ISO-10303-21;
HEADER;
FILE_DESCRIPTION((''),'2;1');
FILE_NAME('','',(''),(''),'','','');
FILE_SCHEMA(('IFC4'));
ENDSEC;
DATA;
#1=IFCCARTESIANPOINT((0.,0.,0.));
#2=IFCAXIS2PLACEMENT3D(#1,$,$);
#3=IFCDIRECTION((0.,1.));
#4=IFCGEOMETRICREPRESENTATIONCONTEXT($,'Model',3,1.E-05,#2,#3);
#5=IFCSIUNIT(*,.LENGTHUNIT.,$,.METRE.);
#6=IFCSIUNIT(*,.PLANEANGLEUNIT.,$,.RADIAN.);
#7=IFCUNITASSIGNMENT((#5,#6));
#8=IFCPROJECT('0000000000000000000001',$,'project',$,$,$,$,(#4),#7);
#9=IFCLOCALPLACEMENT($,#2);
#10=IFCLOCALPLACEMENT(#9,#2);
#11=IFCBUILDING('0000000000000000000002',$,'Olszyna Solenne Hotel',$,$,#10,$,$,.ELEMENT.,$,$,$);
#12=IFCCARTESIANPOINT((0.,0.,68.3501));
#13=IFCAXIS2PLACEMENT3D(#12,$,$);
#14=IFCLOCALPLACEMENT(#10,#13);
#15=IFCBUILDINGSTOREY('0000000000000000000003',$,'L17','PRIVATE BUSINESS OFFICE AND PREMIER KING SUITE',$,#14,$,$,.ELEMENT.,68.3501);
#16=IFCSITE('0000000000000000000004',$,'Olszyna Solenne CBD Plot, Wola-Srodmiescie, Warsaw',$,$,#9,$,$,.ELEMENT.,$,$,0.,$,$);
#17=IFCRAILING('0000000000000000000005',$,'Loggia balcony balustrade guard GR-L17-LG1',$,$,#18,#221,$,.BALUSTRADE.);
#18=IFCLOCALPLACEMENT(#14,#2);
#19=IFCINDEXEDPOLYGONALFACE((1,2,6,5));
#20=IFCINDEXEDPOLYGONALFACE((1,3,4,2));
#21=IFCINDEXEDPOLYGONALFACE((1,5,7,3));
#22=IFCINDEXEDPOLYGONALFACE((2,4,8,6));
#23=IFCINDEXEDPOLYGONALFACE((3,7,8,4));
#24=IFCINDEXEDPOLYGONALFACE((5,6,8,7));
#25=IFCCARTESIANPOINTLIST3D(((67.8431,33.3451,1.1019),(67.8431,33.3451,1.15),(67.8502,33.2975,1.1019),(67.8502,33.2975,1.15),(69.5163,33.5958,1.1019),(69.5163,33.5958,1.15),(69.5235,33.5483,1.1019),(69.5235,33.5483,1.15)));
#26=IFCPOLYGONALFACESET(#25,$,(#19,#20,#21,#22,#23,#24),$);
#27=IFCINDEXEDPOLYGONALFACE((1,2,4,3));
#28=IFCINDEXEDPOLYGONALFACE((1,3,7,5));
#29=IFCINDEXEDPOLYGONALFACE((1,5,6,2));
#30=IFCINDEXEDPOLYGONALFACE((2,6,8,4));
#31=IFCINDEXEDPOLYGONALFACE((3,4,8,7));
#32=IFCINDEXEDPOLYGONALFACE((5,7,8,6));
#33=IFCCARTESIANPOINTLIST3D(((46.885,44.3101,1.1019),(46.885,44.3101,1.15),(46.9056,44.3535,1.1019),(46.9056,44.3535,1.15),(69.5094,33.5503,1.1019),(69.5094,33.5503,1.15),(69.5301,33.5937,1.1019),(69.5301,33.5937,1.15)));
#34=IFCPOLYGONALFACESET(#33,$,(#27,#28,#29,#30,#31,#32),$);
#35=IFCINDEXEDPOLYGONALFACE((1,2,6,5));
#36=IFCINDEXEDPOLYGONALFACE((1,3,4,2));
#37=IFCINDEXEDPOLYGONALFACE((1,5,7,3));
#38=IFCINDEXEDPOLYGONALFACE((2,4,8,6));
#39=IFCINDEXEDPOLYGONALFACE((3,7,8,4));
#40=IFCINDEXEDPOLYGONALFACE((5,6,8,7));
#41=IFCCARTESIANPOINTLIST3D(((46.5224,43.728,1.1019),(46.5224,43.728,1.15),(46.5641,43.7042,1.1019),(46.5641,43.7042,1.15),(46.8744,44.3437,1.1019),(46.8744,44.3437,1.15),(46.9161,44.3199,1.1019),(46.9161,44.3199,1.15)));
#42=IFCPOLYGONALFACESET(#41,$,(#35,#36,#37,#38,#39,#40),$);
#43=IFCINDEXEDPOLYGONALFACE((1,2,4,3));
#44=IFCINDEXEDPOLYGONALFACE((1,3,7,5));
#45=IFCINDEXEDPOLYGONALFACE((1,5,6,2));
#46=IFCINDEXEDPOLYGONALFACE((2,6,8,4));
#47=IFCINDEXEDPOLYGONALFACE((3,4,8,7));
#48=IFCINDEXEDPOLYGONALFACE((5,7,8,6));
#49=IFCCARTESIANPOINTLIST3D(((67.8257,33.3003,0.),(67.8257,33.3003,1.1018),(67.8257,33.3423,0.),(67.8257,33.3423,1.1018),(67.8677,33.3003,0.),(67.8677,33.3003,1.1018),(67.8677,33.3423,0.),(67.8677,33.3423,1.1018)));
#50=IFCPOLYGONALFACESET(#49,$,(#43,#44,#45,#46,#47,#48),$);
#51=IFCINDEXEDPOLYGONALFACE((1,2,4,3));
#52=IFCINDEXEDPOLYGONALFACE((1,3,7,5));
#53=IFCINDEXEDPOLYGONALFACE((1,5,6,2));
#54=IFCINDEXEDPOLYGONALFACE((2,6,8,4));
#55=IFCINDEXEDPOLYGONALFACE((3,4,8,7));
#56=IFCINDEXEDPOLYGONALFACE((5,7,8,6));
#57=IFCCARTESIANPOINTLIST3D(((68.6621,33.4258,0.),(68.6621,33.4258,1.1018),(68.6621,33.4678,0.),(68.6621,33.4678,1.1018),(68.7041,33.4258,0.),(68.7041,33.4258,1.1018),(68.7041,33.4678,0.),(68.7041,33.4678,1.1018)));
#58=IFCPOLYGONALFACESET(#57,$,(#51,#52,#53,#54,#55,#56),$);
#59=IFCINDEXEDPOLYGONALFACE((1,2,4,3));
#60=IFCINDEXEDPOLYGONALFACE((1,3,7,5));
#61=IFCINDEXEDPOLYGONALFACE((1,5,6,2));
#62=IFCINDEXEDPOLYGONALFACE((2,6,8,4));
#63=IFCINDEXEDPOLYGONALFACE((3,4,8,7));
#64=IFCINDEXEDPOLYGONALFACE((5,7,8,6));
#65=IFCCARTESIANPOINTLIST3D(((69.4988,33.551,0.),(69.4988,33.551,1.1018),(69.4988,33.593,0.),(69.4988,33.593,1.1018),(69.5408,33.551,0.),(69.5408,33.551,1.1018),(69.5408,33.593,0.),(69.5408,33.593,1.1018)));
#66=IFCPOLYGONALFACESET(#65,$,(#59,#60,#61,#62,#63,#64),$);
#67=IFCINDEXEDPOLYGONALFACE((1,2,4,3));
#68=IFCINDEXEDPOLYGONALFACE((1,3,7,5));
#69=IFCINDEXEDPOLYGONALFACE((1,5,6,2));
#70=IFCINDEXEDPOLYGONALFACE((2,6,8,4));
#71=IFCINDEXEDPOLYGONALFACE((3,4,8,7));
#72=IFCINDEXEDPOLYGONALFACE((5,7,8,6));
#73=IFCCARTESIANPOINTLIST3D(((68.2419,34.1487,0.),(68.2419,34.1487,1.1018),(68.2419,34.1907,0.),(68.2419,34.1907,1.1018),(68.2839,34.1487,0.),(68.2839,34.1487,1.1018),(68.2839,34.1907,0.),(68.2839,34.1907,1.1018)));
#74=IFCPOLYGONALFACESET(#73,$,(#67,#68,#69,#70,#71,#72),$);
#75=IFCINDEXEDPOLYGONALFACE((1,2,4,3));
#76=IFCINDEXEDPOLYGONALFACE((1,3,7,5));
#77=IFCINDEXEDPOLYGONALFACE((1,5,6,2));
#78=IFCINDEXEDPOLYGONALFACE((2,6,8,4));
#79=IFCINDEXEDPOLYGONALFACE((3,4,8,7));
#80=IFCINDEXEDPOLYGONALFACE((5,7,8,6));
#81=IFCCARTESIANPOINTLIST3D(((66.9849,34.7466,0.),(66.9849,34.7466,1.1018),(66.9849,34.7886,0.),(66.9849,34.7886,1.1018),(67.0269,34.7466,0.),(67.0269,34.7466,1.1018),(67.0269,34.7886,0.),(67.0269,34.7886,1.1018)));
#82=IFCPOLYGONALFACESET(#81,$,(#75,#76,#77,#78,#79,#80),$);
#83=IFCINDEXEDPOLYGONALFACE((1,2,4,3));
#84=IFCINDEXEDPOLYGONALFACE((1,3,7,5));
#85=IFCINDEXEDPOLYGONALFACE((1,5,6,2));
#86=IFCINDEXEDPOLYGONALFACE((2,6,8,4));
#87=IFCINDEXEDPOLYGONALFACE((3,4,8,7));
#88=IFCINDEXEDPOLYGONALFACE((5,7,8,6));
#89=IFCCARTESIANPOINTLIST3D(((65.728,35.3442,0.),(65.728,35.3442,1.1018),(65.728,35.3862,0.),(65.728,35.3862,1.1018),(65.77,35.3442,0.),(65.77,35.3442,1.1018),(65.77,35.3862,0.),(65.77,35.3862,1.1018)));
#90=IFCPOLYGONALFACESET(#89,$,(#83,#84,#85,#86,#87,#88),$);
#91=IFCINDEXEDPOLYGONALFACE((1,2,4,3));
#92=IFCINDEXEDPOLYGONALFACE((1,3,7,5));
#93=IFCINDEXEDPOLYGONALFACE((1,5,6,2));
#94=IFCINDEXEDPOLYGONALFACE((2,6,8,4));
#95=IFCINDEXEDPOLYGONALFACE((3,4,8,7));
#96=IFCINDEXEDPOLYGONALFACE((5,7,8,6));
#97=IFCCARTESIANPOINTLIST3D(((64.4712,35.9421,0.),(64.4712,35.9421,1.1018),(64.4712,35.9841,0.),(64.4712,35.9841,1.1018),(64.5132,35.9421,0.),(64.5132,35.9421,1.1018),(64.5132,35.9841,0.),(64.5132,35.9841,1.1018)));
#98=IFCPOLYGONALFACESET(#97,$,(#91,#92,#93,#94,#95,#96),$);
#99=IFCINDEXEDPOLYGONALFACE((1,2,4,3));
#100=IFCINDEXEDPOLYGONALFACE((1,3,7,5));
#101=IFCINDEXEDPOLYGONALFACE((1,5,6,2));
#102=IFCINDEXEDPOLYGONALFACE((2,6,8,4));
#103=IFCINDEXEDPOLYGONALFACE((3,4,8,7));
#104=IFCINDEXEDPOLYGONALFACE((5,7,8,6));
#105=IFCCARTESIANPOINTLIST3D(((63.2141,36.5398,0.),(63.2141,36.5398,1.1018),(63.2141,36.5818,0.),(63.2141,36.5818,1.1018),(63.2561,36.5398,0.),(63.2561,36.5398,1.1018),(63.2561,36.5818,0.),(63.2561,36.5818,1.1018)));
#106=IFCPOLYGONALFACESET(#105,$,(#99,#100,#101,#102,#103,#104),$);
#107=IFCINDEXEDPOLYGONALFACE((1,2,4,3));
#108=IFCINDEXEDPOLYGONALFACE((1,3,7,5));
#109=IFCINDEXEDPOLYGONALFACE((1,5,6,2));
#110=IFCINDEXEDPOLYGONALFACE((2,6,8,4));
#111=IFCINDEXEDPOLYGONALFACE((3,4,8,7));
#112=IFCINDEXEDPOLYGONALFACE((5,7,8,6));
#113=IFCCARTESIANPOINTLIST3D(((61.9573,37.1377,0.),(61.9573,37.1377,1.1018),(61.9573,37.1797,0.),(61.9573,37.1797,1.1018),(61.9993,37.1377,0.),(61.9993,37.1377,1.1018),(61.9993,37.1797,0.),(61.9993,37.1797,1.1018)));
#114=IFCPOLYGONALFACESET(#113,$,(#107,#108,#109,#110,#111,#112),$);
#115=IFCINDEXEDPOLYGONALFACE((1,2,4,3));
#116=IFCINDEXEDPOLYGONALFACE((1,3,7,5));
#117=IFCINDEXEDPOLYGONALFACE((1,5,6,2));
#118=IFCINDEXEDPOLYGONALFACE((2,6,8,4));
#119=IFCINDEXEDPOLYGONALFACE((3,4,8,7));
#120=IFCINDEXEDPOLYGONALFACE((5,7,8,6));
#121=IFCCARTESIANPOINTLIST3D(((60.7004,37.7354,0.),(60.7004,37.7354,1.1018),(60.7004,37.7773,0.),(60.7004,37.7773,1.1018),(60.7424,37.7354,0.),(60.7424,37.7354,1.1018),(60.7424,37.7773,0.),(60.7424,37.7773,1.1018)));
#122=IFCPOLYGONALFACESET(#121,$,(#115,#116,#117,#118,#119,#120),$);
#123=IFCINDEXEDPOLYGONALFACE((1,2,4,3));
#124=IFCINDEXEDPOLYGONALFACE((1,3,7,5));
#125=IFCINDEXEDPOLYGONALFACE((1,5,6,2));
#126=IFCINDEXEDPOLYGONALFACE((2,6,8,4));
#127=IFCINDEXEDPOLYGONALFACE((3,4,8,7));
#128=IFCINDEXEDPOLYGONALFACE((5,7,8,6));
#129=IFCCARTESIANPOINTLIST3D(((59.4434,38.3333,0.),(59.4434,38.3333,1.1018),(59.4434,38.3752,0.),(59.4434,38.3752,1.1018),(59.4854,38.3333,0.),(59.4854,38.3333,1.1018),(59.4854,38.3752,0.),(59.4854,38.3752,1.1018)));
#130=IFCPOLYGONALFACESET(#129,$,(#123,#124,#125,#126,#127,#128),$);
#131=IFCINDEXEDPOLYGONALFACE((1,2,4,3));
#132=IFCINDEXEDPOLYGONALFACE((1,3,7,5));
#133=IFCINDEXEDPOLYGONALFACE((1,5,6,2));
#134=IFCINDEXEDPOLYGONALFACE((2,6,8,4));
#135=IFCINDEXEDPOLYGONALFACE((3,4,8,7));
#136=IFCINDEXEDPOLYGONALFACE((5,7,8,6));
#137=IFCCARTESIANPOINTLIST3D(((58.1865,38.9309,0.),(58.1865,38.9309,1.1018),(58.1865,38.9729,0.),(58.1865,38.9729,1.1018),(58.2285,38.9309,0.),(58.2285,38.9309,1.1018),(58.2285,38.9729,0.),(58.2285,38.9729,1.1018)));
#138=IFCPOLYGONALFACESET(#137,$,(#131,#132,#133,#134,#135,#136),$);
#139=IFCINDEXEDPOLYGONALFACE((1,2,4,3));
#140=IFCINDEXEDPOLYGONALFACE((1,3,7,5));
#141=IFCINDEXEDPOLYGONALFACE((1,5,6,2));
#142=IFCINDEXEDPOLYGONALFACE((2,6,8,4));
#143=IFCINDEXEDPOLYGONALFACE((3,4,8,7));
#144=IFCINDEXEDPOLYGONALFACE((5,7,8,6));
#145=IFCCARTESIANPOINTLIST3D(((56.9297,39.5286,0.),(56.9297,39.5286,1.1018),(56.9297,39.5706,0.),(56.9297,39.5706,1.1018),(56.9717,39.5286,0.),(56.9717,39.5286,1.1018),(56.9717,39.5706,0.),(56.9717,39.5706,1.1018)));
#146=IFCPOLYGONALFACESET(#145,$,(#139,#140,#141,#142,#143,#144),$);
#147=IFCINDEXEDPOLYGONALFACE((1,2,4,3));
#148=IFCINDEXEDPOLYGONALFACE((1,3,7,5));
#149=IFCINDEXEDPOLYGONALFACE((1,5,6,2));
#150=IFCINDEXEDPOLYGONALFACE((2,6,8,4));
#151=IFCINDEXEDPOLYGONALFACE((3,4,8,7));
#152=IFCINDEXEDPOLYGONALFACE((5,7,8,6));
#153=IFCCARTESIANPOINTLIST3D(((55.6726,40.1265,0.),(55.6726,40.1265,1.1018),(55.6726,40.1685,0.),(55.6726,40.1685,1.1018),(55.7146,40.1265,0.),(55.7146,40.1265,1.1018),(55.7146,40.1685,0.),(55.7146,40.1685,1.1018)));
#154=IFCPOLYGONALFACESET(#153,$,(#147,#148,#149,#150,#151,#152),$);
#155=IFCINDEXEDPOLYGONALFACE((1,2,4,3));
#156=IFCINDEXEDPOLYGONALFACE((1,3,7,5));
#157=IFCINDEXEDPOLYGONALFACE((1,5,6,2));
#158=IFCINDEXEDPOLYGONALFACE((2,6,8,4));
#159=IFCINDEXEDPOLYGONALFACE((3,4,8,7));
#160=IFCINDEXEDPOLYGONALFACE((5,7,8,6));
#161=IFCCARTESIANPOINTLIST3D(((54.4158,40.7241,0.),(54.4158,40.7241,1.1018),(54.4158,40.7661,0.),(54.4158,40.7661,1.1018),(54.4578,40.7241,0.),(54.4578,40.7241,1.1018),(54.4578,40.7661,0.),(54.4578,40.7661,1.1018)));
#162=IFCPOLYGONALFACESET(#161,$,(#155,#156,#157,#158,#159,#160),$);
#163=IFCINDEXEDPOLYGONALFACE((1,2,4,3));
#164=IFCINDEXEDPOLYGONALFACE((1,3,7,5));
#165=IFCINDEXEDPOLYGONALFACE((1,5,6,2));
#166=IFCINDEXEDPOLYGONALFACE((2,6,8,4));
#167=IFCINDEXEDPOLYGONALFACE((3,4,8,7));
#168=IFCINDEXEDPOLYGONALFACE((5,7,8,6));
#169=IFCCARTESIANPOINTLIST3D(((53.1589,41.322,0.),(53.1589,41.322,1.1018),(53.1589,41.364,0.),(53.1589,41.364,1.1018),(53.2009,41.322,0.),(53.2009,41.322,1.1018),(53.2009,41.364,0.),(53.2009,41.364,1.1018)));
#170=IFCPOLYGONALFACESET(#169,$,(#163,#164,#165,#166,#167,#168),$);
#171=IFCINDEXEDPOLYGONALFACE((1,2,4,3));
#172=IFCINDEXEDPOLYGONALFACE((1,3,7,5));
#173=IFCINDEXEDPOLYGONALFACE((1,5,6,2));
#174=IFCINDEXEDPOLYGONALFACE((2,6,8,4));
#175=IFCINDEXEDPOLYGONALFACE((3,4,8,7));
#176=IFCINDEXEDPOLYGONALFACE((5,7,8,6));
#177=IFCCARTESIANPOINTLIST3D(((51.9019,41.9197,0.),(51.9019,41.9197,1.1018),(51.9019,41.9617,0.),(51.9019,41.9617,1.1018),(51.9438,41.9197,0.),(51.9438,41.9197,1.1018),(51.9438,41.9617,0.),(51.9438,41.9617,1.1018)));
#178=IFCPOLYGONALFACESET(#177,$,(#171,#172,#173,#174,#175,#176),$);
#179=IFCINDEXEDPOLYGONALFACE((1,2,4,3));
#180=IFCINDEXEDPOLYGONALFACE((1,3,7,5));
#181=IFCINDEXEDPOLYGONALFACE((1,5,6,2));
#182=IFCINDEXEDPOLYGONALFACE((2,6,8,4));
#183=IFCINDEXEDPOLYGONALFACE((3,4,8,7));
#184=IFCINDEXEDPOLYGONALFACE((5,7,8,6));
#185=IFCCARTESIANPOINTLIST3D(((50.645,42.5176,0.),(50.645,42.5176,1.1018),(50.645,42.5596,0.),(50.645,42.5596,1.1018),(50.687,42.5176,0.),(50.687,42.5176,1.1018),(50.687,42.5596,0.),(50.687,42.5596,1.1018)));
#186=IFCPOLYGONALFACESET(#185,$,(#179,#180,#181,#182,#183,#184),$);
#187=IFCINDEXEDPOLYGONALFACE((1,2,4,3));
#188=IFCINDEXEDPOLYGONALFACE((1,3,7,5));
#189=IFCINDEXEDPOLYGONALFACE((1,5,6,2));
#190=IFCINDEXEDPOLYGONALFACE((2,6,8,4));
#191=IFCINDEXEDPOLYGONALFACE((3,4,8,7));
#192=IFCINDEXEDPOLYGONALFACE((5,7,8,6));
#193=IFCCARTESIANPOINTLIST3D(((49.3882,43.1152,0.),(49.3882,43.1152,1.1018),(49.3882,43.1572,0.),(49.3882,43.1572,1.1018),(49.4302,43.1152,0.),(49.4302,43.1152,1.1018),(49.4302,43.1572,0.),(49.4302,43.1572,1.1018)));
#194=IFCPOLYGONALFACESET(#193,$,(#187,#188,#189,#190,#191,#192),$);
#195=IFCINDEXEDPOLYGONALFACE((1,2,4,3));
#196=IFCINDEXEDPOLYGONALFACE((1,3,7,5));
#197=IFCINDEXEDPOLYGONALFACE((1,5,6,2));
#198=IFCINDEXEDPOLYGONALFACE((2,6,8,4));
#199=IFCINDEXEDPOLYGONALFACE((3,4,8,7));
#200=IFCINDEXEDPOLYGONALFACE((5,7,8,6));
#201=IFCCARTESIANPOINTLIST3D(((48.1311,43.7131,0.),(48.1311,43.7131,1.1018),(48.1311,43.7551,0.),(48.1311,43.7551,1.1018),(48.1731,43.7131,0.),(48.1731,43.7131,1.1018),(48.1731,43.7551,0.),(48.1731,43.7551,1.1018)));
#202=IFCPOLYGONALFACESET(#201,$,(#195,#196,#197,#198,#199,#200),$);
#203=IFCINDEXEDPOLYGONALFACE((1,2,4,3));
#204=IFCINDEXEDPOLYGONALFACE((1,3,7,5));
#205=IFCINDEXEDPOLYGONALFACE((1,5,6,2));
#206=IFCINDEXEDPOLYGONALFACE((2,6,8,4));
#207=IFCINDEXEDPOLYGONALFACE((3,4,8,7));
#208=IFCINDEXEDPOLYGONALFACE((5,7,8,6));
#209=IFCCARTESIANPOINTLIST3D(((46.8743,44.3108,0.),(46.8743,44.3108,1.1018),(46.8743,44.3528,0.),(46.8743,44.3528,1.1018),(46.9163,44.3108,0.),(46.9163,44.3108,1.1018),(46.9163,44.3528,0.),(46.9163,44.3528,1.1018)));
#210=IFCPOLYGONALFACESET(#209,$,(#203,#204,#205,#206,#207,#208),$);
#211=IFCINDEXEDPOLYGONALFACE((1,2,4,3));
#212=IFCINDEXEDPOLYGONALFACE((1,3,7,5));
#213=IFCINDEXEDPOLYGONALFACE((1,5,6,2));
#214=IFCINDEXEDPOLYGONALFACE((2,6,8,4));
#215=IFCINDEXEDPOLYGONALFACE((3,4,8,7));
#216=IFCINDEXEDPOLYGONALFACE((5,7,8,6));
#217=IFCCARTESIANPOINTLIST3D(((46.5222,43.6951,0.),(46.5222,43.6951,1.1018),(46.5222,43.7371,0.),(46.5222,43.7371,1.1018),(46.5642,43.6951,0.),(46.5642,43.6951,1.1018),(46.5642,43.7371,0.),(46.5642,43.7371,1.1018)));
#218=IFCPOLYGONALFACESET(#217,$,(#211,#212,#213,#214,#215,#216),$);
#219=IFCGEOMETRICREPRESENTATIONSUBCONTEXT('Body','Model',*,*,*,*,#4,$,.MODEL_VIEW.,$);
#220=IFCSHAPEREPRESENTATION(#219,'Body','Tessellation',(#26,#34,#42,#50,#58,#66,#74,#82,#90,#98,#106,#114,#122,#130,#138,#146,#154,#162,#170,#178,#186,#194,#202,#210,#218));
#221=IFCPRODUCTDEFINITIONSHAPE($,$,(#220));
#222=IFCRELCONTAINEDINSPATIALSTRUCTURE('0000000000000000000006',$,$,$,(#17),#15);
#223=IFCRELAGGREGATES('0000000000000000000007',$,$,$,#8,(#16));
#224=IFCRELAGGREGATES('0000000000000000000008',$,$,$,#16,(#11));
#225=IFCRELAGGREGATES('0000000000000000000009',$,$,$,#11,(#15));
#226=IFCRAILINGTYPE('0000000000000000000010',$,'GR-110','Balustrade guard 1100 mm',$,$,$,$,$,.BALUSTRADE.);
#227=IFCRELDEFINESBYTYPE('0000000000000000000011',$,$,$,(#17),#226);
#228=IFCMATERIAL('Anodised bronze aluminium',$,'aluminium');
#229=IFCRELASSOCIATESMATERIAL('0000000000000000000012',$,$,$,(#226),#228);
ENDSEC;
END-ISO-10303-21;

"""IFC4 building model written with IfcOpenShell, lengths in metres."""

from ifc_helpers import new_model, si_unit, direction, frame, origin, origin_2d, place, context, subcontext, project, spatial, rectangle, extrude, material, type_object, element, save


model = new_model("IFC4")

# Units and contexts
model_context = context("Model", 3, precision=1e-05, world=origin(), true_north=direction((0.0, 1.0)))
body_context = subcontext(model_context, "Body", "Model", "MODEL_VIEW")
ifc_project = project(units=[si_unit("LENGTHUNIT", "METRE"), si_unit("PLANEANGLEUNIT", "RADIAN")], contexts=[model_context])

# Site, building, storey
site_placement = place(None, origin())
site = spatial("IfcSite", under=ifc_project, at=site_placement, Name="Olszyna Solenne CBD Plot, Wola-Srodmiescie, Warsaw", CompositionType="ELEMENT", RefElevation=0.0)
building_placement = place(site_placement, origin())
building = spatial("IfcBuilding", under=site, at=building_placement, Name="Olszyna Solenne Hotel", CompositionType="ELEMENT")
storey_placement = place(building_placement, frame((0.0, 0.0, 68.3501)))
storey = spatial("IfcBuildingStorey", under=building, at=storey_placement, Name="L17", Description="PRIVATE BUSINESS OFFICE AND PREMIER KING SUITE", CompositionType="ELEMENT", Elevation=68.3501)

# Shared definitions
ifc_material_1 = material(Name="Anodised bronze aluminium", Category="aluminium")

# Railing
railing_type = type_object("IfcRailingType", Name="GR-110", Description="Balustrade guard 1100 mm", PredefinedType="BALUSTRADE", material=ifc_material_1)
railing_placement = place(storey_placement, frame((67.8467, 33.3213, 0.0)))
element("IfcRailing", 1, at=railing_placement, inside=storey, type_object=railing_type, Name="Loggia balcony balustrade guard GR-L17-LG1", PredefinedType="BALUSTRADE", context=body_context, shape_type="SweptSolid", body=[
    extrude(rectangle(XDim=0.0481, YDim=0.0481, at=origin_2d()), frame((0.0, 0.0, 1.126), z_axis=(0.988956, 0.148206, 0.0), x_axis=(-0.148206, 0.988956, 0.0)), (0.0, 0.0, 1.0), 1.6919),
    extrude(rectangle(XDim=0.0481, YDim=0.0481, at=origin_2d()), frame((1.6731, 0.2507, 1.126), z_axis=(-0.903074, 0.429484, 0.0), x_axis=(-0.429484, -0.903074, 0.0)), (0.0, 0.0, 1.0), 25.0527),
    extrude(rectangle(XDim=0.0481, YDim=0.0481, at=origin_2d()), frame((-20.9514, 11.0105, 1.126), z_axis=(-0.496361, -0.868116, 0.0), x_axis=(0.868116, -0.496361, 0.0)), (0.0, 0.0, 1.0), 0.7092),
    extrude(rectangle(XDim=0.042, YDim=0.042, at=origin_2d()), origin(), (0.0, 0.0, 1.0), 1.1018),
    extrude(rectangle(XDim=0.042, YDim=0.042, at=origin_2d()), frame((0.8364, 0.1255, 0.0)), (0.0, 0.0, 1.0), 1.1018),
    extrude(rectangle(XDim=0.042, YDim=0.042, at=origin_2d()), frame((1.6731, 0.2507, 0.0)), (0.0, 0.0, 1.0), 1.1018),
    extrude(rectangle(XDim=0.042, YDim=0.042, at=origin_2d()), frame((0.4163, 0.8484, 0.0)), (0.0, 0.0, 1.0), 1.1018),
    extrude(rectangle(XDim=0.042, YDim=0.042, at=origin_2d()), frame((-0.8408, 1.4463, 0.0)), (0.0, 0.0, 1.0), 1.1018),
    extrude(rectangle(XDim=0.042, YDim=0.042, at=origin_2d()), frame((-2.0977, 2.0439, 0.0)), (0.0, 0.0, 1.0), 1.1018),
    extrude(rectangle(XDim=0.042, YDim=0.042, at=origin_2d()), frame((-3.3545, 2.6418, 0.0)), (0.0, 0.0, 1.0), 1.1018),
    extrude(rectangle(XDim=0.042, YDim=0.042, at=origin_2d()), frame((-4.6116, 3.2395, 0.0)), (0.0, 0.0, 1.0), 1.1018),
    extrude(rectangle(XDim=0.042, YDim=0.042, at=origin_2d()), frame((-5.8684, 3.8374, 0.0)), (0.0, 0.0, 1.0), 1.1018),
    extrude(rectangle(XDim=0.042, YDim=0.042, at=origin_2d()), frame((-7.1252, 4.4351, 0.0)), (0.0, 0.0, 1.0), 1.1018),
    extrude(rectangle(XDim=0.042, YDim=0.042, at=origin_2d()), frame((-8.3823, 5.033, 0.0)), (0.0, 0.0, 1.0), 1.1018),
    extrude(rectangle(XDim=0.042, YDim=0.042, at=origin_2d()), frame((-9.6392, 5.6306, 0.0)), (0.0, 0.0, 1.0), 1.1018),
    extrude(rectangle(XDim=0.042, YDim=0.042, at=origin_2d()), frame((-10.896, 6.2283, 0.0)), (0.0, 0.0, 1.0), 1.1018),
    extrude(rectangle(XDim=0.042, YDim=0.042, at=origin_2d()), frame((-12.1531, 6.8262, 0.0)), (0.0, 0.0, 1.0), 1.1018),
    extrude(rectangle(XDim=0.042, YDim=0.042, at=origin_2d()), frame((-13.4099, 7.4238, 0.0)), (0.0, 0.0, 1.0), 1.1018),
    extrude(rectangle(XDim=0.042, YDim=0.042, at=origin_2d()), frame((-14.6667, 8.0217, 0.0)), (0.0, 0.0, 1.0), 1.1018),
    extrude(rectangle(XDim=0.042, YDim=0.042, at=origin_2d()), frame((-15.9238, 8.6194, 0.0)), (0.0, 0.0, 1.0), 1.1018),
    extrude(rectangle(XDim=0.042, YDim=0.042, at=origin_2d()), frame((-17.1807, 9.2173, 0.0)), (0.0, 0.0, 1.0), 1.1018),
    extrude(rectangle(XDim=0.042, YDim=0.042, at=origin_2d()), frame((-18.4375, 9.8149, 0.0)), (0.0, 0.0, 1.0), 1.1018),
    extrude(rectangle(XDim=0.042, YDim=0.042, at=origin_2d()), frame((-19.6946, 10.4128, 0.0)), (0.0, 0.0, 1.0), 1.1018),
    extrude(rectangle(XDim=0.042, YDim=0.042, at=origin_2d()), frame((-20.9514, 11.0105, 0.0)), (0.0, 0.0, 1.0), 1.1018),
    extrude(rectangle(XDim=0.042, YDim=0.042, at=origin_2d()), frame((-21.3035, 10.3948, 0.0)), (0.0, 0.0, 1.0), 1.1018),
])

save(model, "model.ifc")
